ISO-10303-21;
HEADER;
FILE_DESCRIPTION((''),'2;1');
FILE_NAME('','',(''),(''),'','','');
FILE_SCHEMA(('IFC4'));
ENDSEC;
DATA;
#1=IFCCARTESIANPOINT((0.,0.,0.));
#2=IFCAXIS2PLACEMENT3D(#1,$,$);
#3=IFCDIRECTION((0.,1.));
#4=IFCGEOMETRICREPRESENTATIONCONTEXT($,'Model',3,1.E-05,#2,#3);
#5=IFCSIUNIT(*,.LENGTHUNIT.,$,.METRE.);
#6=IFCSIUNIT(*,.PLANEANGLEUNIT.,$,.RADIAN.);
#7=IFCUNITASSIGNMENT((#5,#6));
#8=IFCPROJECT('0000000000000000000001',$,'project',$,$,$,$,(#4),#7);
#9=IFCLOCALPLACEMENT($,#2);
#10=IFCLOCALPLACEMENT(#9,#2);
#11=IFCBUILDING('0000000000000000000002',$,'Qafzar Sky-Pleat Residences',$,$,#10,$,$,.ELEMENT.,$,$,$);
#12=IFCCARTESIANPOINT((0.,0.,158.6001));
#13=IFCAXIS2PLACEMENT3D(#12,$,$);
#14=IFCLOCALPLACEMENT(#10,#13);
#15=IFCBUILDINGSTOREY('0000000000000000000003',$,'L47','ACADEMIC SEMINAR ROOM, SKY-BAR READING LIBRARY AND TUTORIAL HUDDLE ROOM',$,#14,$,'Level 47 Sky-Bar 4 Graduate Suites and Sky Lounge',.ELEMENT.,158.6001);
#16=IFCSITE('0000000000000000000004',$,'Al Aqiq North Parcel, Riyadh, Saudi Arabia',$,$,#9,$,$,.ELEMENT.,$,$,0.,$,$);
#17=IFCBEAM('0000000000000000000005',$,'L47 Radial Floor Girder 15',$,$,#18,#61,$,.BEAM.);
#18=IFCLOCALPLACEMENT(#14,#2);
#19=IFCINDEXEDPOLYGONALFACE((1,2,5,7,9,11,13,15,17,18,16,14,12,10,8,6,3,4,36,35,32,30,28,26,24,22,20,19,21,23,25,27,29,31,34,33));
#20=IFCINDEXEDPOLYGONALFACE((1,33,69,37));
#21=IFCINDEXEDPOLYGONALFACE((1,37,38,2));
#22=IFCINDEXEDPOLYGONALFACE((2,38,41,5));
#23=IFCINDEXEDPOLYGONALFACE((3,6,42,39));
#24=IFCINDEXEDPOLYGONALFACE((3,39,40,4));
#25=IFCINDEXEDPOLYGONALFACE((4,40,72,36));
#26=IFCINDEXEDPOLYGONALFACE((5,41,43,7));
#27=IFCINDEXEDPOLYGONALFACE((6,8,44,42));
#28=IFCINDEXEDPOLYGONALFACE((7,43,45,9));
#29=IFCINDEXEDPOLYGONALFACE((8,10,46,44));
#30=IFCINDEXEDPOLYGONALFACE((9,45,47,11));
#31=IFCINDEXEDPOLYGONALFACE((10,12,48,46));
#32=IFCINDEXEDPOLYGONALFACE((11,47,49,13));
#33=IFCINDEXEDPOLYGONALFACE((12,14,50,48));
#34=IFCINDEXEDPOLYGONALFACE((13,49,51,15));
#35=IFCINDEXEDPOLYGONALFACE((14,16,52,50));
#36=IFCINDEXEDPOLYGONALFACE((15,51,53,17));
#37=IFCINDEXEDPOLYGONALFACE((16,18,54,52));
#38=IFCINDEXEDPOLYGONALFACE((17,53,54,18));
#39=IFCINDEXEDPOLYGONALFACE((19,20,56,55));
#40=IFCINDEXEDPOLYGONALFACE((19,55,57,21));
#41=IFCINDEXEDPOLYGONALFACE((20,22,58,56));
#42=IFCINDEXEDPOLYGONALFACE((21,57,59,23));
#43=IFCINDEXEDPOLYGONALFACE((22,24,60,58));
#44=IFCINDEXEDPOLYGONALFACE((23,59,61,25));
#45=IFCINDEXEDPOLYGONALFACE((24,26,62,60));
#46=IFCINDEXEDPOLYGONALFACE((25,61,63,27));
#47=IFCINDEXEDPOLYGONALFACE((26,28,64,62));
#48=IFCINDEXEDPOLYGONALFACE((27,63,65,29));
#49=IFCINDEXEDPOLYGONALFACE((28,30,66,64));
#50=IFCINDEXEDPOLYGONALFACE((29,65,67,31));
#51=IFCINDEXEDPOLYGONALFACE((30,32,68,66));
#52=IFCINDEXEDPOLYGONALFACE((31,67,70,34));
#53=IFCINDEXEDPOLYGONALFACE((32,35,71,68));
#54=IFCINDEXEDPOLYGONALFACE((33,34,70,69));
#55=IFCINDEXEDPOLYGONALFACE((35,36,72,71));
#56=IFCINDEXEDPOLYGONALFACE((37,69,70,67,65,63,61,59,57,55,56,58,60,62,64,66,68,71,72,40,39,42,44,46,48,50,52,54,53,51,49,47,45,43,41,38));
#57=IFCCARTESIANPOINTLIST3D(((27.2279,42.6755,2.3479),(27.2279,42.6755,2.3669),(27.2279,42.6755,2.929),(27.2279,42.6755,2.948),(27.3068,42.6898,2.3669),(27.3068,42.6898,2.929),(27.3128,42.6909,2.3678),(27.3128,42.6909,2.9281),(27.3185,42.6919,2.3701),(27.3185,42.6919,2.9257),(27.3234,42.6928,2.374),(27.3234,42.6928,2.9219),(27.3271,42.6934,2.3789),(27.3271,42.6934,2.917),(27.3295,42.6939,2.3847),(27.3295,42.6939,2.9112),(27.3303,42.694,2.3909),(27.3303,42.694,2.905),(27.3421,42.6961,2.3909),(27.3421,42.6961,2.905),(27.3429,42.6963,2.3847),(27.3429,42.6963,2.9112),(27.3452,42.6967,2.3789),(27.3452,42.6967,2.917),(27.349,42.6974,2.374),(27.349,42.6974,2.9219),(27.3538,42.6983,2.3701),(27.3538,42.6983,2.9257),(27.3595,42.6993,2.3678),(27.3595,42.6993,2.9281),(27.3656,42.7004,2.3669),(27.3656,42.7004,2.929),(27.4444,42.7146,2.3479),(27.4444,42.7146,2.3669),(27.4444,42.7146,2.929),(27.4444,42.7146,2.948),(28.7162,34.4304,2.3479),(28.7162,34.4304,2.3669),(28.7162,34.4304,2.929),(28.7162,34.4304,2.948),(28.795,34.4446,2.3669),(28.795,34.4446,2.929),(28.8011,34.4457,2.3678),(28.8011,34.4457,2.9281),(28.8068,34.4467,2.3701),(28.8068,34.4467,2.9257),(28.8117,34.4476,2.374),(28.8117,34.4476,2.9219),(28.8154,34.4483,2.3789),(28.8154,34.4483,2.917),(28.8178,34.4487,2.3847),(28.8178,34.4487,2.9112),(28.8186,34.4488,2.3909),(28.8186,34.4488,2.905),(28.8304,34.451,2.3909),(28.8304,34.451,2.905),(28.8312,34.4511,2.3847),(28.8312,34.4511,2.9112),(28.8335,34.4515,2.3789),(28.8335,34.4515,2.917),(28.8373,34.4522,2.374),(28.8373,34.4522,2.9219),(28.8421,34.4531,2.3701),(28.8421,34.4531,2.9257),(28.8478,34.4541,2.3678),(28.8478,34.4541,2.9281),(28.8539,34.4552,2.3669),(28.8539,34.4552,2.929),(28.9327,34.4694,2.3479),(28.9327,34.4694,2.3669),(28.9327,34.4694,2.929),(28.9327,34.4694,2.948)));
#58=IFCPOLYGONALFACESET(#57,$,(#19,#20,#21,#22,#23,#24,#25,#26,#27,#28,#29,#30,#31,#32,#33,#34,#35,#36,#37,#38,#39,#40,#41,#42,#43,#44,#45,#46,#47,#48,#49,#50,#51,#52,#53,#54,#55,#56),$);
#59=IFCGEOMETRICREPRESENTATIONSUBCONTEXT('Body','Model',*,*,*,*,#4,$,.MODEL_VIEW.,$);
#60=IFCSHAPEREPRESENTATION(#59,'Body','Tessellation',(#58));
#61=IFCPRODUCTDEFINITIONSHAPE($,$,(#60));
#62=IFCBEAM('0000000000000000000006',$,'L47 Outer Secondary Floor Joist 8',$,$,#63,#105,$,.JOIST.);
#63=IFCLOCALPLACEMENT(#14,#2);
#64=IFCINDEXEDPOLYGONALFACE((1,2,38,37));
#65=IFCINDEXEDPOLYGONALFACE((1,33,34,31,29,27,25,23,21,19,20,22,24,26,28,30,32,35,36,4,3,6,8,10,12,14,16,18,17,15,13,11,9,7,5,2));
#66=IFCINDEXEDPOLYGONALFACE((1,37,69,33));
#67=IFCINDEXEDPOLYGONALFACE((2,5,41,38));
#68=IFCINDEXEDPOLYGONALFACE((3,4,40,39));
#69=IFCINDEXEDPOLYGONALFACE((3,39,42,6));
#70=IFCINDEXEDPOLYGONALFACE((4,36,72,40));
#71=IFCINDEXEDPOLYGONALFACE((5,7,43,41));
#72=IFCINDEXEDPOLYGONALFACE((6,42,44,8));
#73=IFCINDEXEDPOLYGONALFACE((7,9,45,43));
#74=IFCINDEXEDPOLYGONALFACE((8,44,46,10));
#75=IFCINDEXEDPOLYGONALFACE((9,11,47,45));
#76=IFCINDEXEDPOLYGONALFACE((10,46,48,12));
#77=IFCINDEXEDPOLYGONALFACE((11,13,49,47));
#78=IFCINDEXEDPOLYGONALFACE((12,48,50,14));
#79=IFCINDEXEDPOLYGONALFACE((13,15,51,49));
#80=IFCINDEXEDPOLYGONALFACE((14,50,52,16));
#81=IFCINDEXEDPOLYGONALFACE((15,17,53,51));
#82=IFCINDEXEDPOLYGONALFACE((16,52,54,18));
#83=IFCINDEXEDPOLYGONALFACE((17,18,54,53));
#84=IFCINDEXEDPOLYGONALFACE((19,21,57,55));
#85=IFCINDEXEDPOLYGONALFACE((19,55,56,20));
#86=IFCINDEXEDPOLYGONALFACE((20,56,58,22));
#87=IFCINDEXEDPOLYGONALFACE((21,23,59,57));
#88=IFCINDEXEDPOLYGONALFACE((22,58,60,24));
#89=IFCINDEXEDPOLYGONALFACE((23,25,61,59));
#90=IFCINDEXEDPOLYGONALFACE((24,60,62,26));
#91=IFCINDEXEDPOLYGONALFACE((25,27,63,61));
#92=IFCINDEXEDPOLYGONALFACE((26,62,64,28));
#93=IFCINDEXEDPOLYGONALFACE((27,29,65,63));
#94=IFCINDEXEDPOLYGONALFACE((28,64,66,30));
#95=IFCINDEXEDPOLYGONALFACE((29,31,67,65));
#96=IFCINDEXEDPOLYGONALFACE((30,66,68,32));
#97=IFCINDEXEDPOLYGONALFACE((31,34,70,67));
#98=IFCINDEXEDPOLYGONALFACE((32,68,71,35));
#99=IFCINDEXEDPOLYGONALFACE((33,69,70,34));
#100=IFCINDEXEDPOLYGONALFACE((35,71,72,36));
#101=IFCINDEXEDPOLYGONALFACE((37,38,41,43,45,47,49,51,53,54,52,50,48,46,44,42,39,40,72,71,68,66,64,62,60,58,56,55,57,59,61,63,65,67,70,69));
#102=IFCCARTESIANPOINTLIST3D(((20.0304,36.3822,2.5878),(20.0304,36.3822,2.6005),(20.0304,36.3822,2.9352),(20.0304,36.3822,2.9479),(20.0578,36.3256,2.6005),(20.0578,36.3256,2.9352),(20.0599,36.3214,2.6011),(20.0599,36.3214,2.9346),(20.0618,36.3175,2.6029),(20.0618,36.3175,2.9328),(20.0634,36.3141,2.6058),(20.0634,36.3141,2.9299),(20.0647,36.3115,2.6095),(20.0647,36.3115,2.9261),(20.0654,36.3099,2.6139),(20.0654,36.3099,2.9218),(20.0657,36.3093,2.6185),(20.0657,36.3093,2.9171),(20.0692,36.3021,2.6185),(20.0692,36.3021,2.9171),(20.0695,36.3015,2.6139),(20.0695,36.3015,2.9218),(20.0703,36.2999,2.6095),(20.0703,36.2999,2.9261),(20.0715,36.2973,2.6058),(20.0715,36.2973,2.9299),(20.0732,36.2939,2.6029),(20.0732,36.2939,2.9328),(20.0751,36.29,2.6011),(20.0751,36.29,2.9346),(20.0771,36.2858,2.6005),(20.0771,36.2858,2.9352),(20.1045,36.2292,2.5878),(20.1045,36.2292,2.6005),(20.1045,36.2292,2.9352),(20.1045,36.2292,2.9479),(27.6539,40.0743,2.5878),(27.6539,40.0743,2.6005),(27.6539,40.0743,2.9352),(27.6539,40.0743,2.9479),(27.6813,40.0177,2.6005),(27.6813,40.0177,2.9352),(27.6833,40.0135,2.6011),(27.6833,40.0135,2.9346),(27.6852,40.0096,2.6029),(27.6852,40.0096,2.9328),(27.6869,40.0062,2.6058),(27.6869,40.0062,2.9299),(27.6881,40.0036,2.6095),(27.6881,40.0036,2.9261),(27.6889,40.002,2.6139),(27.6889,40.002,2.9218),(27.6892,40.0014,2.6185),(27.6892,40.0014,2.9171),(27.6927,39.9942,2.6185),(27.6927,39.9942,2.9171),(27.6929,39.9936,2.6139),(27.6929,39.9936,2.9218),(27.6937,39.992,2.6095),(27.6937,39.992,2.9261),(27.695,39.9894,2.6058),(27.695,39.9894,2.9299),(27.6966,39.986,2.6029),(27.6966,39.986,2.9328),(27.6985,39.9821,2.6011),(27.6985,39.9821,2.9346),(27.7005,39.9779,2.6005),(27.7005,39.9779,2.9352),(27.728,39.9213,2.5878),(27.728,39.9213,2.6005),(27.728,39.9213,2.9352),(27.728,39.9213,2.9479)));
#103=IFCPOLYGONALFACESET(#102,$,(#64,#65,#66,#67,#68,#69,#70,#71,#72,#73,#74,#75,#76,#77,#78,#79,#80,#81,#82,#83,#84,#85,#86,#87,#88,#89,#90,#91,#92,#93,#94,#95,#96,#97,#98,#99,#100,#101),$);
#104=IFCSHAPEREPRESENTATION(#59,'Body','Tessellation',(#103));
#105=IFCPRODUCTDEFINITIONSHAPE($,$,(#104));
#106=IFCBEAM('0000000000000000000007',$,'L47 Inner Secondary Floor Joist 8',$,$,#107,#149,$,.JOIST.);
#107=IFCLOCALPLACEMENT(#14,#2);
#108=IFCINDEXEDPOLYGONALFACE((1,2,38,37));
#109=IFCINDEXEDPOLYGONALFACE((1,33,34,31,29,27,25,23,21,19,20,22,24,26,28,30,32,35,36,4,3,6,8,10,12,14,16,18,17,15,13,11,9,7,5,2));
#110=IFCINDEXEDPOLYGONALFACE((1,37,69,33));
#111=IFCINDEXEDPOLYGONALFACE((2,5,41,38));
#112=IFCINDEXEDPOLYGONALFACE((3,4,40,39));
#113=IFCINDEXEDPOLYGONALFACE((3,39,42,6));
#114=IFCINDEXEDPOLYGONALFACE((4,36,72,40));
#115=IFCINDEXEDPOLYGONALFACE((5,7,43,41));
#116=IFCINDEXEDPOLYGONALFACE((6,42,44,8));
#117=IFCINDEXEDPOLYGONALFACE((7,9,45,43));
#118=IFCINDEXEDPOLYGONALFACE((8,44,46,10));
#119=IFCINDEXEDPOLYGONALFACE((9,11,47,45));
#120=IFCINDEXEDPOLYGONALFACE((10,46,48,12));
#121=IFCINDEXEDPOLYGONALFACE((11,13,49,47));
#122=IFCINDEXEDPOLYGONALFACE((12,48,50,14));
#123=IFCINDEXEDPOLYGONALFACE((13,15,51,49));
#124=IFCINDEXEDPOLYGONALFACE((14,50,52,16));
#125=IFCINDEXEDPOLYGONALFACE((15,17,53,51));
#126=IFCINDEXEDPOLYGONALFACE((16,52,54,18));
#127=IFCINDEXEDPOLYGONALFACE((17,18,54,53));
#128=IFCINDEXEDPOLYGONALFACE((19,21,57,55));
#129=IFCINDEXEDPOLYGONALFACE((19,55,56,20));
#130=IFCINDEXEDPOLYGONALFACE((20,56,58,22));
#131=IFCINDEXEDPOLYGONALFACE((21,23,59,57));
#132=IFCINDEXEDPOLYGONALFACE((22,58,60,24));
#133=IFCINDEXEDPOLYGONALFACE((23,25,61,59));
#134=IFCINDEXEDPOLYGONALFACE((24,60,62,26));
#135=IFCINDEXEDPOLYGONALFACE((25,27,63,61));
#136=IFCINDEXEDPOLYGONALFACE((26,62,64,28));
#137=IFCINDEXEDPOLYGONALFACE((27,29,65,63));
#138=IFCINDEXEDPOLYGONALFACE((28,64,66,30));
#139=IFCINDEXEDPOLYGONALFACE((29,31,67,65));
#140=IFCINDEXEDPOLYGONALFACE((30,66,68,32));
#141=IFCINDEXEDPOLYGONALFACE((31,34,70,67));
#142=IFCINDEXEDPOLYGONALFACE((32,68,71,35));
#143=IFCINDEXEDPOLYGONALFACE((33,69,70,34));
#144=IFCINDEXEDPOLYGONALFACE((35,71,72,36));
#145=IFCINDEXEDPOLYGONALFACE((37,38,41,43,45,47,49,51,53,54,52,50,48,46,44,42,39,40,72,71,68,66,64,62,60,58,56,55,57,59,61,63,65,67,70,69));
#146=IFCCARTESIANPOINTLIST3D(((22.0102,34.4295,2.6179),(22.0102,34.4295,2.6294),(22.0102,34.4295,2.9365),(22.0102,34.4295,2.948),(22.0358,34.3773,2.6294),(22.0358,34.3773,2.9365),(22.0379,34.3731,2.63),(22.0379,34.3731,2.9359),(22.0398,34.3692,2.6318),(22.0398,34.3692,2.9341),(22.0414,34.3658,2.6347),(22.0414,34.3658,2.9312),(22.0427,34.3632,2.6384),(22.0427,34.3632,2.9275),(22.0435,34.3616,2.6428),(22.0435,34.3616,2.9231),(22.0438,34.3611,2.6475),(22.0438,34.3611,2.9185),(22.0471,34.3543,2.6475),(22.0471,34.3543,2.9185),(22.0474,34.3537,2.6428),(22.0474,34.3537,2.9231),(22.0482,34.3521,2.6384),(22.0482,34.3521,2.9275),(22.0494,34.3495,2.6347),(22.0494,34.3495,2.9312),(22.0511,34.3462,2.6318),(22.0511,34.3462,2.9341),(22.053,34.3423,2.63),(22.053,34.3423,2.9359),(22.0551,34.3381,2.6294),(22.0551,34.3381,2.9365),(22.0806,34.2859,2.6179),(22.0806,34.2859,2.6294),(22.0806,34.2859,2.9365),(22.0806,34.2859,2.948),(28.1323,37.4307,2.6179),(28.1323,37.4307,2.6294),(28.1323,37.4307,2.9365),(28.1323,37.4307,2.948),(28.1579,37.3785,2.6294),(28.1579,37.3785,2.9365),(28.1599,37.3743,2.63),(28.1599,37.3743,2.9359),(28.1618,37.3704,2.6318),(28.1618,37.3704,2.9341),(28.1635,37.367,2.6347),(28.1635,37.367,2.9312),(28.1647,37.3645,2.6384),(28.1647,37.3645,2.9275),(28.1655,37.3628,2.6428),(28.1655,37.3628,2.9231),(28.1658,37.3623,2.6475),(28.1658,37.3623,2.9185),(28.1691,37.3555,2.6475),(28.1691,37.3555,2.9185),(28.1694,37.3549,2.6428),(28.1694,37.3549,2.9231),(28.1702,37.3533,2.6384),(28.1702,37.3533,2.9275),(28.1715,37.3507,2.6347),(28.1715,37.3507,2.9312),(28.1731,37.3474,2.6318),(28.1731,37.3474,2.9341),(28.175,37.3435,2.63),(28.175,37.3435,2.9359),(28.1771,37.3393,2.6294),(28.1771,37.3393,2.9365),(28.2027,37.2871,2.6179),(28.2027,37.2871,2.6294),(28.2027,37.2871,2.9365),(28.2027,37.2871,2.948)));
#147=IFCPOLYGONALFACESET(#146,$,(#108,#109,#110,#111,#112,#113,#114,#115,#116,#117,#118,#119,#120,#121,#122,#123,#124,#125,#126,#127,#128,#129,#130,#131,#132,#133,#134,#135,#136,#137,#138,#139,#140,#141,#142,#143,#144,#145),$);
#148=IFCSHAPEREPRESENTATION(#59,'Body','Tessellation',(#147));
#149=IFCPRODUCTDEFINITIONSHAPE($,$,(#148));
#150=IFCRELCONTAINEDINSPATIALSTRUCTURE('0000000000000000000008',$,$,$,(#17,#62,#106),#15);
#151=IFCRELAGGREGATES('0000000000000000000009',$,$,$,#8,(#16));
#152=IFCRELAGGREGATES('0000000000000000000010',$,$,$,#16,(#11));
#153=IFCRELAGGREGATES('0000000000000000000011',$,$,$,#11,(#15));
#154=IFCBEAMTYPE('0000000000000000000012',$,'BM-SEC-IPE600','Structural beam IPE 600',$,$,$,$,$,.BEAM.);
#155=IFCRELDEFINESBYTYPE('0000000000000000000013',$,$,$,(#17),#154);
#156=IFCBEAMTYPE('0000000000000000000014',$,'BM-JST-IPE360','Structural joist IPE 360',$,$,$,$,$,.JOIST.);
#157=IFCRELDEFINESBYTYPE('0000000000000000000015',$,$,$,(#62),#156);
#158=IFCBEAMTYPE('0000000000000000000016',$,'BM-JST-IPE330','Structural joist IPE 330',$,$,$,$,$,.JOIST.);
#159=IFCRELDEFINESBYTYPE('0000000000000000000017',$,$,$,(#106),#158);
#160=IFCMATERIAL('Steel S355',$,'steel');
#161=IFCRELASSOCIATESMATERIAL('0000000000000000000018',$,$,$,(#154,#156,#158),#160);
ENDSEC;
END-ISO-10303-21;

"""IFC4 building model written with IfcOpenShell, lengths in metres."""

from ifc_helpers import new_model, si_unit, direction, frame, origin, origin_2d, place, context, subcontext, project, spatial, i_section, extrude, source, transform, mapped, material, material_profile, profile_set, type_object, element, save


model = new_model("IFC4")

# Units and contexts
model_context = context("Model", 3, precision=1e-05, world=origin(), true_north=direction((0.0, 1.0)))
body_context = subcontext(model_context, "Body", "Model", "MODEL_VIEW")
ifc_project = project(units=[si_unit("LENGTHUNIT", "METRE"), si_unit("PLANEANGLEUNIT", "RADIAN")], contexts=[model_context])

# Site, building, storey
site_placement = place(None, origin())
site = spatial("IfcSite", under=ifc_project, at=site_placement, Name="Al Aqiq North Parcel, Riyadh, Saudi Arabia", CompositionType="ELEMENT", RefElevation=0.0)
building_placement = place(site_placement, origin())
building = spatial("IfcBuilding", under=site, at=building_placement, Name="Qafzar Sky-Pleat Residences", CompositionType="ELEMENT")
storey_placement = place(building_placement, frame((0.0, 0.0, 158.6001)))
storey = spatial("IfcBuildingStorey", under=building, at=storey_placement, Name="L47", Description="ACADEMIC SEMINAR ROOM, SKY-BAR READING LIBRARY AND TUTORIAL HUDDLE ROOM", LongName="Level 47 Sky-Bar 4 Graduate Suites and Sky Lounge", CompositionType="ELEMENT", Elevation=158.6001)

# Shared definitions
ifc_material_1 = material(Name="Steel S355", Category="steel")

# Beams
ifc_material_profile_1 = material_profile(ifc_material_1, i_section(OverallWidth=0.22, OverallDepth=0.6001, WebThickness=0.012, FlangeThickness=0.019, FilletRadius=0.0239, at=origin_2d()), Name="IPE 600")
ifc_profile_set_1 = profile_set([ifc_material_profile_1], Name="Steel S355")
beam_type_1 = type_object("IfcBeamType", Name="BM-SEC-IPE600", Description="Structural beam IPE 600", PredefinedType="BEAM", material=ifc_profile_set_1)
shared_shape_1 = source(origin(), body_context, "Body", "SweptSolid", [
    extrude(i_section(OverallWidth=0.22, OverallDepth=0.6001, WebThickness=0.012, FlangeThickness=0.019, FilletRadius=0.0239, at=origin_2d()), origin(), (0.0, 0.0, 1.0), 8.3784),
])
beam_1_placement = place(storey_placement, frame((27.3362, 42.6951, 2.6479), z_axis=(0.177634, -0.984097, 0.0), x_axis=(0.984097, 0.177634, 0.0)))
element("IfcBeam", 1, at=beam_1_placement, inside=storey, type_object=beam_type_1, Name="L47 Radial Floor Girder 15", PredefinedType="BEAM", context=body_context, shape_type="MappedRepresentation", body=[
    mapped(shared_shape_1, transform((0.0, 0.0, 0.0), x_axis=(1.0, 0.0, 0.0), y_axis=(0.0, 1.0, 0.0), z_axis=(0.0, 0.0, 1.0), scale=1.0)),
])
ifc_material_profile_2 = material_profile(ifc_material_1, i_section(OverallWidth=0.1699, OverallDepth=0.3601, WebThickness=0.0081, FlangeThickness=0.0127, FilletRadius=0.0181, at=origin_2d()), Name="IPE 360")
ifc_profile_set_2 = profile_set([ifc_material_profile_2], Name="Steel S355")
beam_type_2 = type_object("IfcBeamType", Name="BM-JST-IPE360", Description="Structural joist IPE 360", PredefinedType="JOIST", material=ifc_profile_set_2)
shared_shape_2 = source(origin(), body_context, "Body", "SweptSolid", [
    extrude(i_section(OverallWidth=0.1699, OverallDepth=0.3601, WebThickness=0.0081, FlangeThickness=0.0127, FilletRadius=0.0181, at=origin_2d()), origin(), (0.0, 0.0, 1.0), 8.4705),
])
beam_2_placement = place(storey_placement, frame((27.6909, 39.9978, 2.7678), z_axis=(-0.900005, -0.43588, 0.0), x_axis=(0.43588, -0.900005, 0.0)))
element("IfcBeam", 2, at=beam_2_placement, inside=storey, type_object=beam_type_2, Name="L47 Outer Secondary Floor Joist 8", PredefinedType="JOIST", context=body_context, shape_type="MappedRepresentation", body=[
    mapped(shared_shape_2, transform((0.0, 0.0, 0.0), x_axis=(1.0, 0.0, 0.0), y_axis=(0.0, 1.0, 0.0), z_axis=(0.0, 0.0, 1.0), scale=1.0)),
])
ifc_material_profile_3 = material_profile(ifc_material_1, i_section(OverallWidth=0.1599, OverallDepth=0.3301, WebThickness=0.0076, FlangeThickness=0.0115, FilletRadius=0.0181, at=origin_2d()), Name="IPE 330")
ifc_profile_set_3 = profile_set([ifc_material_profile_3], Name="Steel S355")
beam_type_3 = type_object("IfcBeamType", Name="BM-JST-IPE330", Description="Structural joist IPE 330", PredefinedType="JOIST", material=ifc_profile_set_3)
shared_shape_3 = source(origin(), body_context, "Body", "SweptSolid", [
    extrude(i_section(OverallWidth=0.1599, OverallDepth=0.3301, WebThickness=0.0076, FlangeThickness=0.0115, FilletRadius=0.0181, at=origin_2d()), origin(), (0.0, 0.0, 1.0), 6.8181),
])
beam_3_placement = place(storey_placement, frame((28.1675, 37.3589, 2.783), z_axis=(-0.897909, -0.440182, 0.0), x_axis=(0.440182, -0.897909, 0.0)))
element("IfcBeam", 3, at=beam_3_placement, inside=storey, type_object=beam_type_3, Name="L47 Inner Secondary Floor Joist 8", PredefinedType="JOIST", context=body_context, shape_type="MappedRepresentation", body=[
    mapped(shared_shape_3, transform((0.0, 0.0, 0.0), x_axis=(1.0, 0.0, 0.0), y_axis=(0.0, 1.0, 0.0), z_axis=(0.0, 0.0, 1.0), scale=1.0)),
])

save(model, "model.ifc")
